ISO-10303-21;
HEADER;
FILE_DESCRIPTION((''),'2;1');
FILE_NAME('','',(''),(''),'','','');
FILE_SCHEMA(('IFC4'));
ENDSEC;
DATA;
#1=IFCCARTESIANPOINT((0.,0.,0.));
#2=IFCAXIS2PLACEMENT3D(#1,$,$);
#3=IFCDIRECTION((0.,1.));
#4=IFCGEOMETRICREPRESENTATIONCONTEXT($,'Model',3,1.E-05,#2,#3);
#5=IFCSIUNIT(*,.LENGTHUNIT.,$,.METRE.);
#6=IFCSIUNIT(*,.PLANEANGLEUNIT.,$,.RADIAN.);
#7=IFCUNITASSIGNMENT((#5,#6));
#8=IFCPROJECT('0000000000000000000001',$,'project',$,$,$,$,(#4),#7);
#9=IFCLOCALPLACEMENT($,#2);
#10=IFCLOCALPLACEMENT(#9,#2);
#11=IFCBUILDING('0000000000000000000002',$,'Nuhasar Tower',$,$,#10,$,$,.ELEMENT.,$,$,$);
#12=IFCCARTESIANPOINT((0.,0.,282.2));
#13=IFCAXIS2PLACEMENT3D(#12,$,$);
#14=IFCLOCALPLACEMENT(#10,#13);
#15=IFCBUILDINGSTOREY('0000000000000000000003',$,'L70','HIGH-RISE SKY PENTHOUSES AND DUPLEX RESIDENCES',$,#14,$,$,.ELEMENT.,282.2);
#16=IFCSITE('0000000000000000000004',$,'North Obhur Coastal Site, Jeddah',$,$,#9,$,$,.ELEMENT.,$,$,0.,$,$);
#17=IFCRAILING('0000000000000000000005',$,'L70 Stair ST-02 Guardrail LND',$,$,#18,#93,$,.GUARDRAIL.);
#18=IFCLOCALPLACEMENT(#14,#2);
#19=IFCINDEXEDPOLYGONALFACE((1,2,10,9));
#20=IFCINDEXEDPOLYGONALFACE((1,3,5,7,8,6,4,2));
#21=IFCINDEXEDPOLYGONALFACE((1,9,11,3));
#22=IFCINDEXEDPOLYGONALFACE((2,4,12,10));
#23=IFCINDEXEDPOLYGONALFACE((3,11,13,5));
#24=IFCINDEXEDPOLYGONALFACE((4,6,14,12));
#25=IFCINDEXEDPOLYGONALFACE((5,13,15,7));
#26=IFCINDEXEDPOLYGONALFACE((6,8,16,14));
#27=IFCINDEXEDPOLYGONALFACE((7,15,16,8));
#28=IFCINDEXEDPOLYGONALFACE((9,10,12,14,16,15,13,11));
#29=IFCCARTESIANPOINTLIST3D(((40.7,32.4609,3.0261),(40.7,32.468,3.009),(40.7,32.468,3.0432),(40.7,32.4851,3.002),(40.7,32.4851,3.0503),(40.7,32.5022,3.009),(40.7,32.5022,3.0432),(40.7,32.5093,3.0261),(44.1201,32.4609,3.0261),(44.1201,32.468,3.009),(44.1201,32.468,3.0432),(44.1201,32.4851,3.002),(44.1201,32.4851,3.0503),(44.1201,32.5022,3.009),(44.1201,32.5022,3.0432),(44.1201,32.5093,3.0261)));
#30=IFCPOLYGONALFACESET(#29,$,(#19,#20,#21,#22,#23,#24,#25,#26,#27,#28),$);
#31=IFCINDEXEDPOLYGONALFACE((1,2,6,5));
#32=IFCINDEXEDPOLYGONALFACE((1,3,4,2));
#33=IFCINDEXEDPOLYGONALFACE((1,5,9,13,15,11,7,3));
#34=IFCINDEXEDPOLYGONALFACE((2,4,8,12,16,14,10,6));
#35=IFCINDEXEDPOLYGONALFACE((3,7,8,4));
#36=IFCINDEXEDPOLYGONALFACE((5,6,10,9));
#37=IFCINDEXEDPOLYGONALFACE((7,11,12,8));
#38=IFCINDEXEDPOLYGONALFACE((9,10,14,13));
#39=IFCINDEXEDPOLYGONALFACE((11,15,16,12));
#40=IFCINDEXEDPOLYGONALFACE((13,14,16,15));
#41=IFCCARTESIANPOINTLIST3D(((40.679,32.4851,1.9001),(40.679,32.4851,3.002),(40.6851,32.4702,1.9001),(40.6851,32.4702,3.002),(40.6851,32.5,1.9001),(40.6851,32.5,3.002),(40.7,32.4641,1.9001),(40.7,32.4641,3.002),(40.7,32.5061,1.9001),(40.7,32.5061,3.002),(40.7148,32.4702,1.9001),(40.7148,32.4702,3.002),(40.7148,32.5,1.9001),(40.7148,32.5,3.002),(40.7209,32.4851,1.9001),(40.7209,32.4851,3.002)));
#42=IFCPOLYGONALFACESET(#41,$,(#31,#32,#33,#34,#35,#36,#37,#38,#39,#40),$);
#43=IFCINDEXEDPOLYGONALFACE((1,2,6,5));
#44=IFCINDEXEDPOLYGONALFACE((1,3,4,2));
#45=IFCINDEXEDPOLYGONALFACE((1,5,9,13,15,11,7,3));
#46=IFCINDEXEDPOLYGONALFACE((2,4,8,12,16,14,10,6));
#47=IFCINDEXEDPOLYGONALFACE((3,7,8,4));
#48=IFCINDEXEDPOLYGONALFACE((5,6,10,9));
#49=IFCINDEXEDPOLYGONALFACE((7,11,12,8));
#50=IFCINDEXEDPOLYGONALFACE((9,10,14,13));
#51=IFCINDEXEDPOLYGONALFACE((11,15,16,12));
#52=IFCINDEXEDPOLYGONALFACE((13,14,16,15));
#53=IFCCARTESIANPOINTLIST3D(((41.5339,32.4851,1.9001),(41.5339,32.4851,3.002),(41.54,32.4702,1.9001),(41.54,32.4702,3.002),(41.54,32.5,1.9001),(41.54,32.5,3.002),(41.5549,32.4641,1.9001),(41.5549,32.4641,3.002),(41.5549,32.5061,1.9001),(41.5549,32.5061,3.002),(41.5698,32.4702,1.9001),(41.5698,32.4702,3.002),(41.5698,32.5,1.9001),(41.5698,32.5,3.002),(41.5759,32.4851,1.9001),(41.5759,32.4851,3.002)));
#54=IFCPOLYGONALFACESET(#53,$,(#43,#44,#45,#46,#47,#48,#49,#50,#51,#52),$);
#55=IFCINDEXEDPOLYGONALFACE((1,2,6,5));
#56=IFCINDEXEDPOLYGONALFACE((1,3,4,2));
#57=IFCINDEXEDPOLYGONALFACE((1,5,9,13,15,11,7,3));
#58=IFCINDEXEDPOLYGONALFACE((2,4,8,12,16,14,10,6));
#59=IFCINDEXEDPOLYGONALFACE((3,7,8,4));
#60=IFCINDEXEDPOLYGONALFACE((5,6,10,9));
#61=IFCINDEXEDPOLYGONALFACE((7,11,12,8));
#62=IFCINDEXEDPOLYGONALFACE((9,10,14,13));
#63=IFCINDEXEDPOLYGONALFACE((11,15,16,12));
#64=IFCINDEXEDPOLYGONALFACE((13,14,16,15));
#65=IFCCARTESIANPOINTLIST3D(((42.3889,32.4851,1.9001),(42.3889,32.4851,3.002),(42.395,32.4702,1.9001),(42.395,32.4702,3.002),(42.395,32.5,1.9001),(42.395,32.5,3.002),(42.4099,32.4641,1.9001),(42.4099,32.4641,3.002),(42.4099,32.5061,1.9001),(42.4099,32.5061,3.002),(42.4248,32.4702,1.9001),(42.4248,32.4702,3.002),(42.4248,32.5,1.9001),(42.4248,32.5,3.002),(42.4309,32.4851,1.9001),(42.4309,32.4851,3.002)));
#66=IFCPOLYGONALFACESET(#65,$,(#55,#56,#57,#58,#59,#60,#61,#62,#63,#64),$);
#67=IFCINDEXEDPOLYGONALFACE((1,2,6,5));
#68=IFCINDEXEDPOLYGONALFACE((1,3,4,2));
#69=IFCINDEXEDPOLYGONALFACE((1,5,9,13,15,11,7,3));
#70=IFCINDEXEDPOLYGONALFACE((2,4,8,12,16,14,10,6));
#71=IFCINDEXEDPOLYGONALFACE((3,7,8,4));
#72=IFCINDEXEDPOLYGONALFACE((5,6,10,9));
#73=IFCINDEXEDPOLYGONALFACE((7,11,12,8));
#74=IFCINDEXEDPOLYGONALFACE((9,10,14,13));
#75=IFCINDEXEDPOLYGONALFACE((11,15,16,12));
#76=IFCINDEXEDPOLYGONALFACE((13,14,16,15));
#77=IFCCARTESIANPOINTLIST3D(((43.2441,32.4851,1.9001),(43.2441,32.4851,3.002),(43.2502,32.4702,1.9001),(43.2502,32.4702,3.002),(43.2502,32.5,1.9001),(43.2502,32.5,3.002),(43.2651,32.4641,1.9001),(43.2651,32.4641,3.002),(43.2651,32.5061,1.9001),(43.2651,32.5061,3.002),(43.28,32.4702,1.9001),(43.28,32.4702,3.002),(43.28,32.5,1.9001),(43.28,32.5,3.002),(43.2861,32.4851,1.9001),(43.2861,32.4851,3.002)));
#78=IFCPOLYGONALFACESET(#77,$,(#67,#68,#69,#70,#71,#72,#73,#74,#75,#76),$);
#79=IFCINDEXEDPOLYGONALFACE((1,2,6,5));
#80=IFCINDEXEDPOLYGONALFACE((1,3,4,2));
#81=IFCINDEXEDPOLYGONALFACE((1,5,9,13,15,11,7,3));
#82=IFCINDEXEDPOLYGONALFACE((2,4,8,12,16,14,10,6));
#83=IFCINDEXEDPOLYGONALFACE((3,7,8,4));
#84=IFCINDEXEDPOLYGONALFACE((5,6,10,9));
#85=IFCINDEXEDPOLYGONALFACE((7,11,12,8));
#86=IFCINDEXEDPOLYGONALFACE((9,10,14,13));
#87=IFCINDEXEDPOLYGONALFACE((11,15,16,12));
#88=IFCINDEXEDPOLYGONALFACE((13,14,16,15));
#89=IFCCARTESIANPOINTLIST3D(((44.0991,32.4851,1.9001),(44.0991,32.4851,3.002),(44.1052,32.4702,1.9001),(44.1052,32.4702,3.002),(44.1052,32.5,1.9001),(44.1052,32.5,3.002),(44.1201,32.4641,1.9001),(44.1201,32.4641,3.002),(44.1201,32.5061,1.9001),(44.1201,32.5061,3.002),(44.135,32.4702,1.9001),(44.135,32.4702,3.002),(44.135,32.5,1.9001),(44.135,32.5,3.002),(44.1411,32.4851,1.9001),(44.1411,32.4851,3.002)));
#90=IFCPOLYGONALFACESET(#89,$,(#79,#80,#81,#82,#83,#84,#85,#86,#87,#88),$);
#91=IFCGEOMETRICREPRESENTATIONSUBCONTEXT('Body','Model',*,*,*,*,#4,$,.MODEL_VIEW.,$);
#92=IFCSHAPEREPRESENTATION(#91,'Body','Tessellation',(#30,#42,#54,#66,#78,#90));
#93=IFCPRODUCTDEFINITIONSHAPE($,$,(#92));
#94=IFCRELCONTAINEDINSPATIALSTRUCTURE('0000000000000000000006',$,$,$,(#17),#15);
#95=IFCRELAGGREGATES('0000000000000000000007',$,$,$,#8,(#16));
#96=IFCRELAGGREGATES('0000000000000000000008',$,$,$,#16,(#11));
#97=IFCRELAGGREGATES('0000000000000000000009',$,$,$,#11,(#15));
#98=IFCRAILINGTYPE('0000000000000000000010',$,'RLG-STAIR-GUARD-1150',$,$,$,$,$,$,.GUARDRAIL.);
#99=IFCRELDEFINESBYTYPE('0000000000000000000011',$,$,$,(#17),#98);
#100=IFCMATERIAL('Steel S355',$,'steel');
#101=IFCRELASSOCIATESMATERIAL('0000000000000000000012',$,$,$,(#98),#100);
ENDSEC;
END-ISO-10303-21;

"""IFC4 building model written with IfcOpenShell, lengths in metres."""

from ifc_helpers import new_model, si_unit, direction, frame, origin, place, context, subcontext, project, spatial, polyline, outline, extrude, material, type_object, element, save


model = new_model("IFC4")

# Units and contexts
model_context = context("Model", 3, precision=1e-05, world=origin(), true_north=direction((0.0, 1.0)))
body_context = subcontext(model_context, "Body", "Model", "MODEL_VIEW")
ifc_project = project(units=[si_unit("LENGTHUNIT", "METRE"), si_unit("PLANEANGLEUNIT", "RADIAN")], contexts=[model_context])

# Site, building, storey
site_placement = place(None, origin())
site = spatial("IfcSite", under=ifc_project, at=site_placement, Name="North Obhur Coastal Site, Jeddah", CompositionType="ELEMENT", RefElevation=0.0)
building_placement = place(site_placement, origin())
building = spatial("IfcBuilding", under=site, at=building_placement, Name="Nuhasar Tower", CompositionType="ELEMENT")
storey_placement = place(building_placement, frame((0.0, 0.0, 282.2)))
storey = spatial("IfcBuildingStorey", under=building, at=storey_placement, Name="L70", Description="HIGH-RISE SKY PENTHOUSES AND DUPLEX RESIDENCES", CompositionType="ELEMENT", Elevation=282.2)

# Shared definitions
ifc_material_1 = material(Name="Steel S355", Category="steel")

# Railing
railing_type_1 = type_object("IfcRailingType", Name="RLG-STAIR-GUARD-1150", PredefinedType="GUARDRAIL", material=ifc_material_1)
railing_1_placement = place(storey_placement, frame((40.7, 32.4851, 1.9001)))
element("IfcRailing", 1, at=railing_1_placement, inside=storey, type_object=railing_type_1, Name="L70 Stair ST-02 Guardrail LND", PredefinedType="GUARDRAIL", context=body_context, shape_type="SweptSolid", body=[
    extrude(outline(polyline([(0.0242, 0.0), (0.0171, 0.0171), (0.0, 0.0242), (-0.0171, 0.0171), (-0.0242, 0.0), (-0.0171, -0.0171), (0.0, -0.0242), (0.0171, -0.0171), (0.0242, 0.0)])), frame((0.0, 0.0, 1.126), z_axis=(1.0, 0.0, 0.0), x_axis=(0.0, 1.0, 0.0)), (0.0, 0.0, 1.0), 3.4202),
    extrude(outline(polyline([(0.021, 0.0), (0.0149, 0.0149), (0.0, 0.021), (-0.0149, 0.0149), (-0.021, 0.0), (-0.0149, -0.0149), (0.0, -0.021), (0.0149, -0.0149), (0.021, 0.0)])), origin(), (0.0, 0.0, 1.0), 1.1018),
    extrude(outline(polyline([(0.021, 0.0), (0.0149, 0.0149), (0.0, 0.021), (-0.0149, 0.0149), (-0.021, 0.0), (-0.0149, -0.0149), (0.0, -0.021), (0.0149, -0.0149), (0.021, 0.0)])), frame((0.855, 0.0, 0.0)), (0.0, 0.0, 1.0), 1.1018),
    extrude(outline(polyline([(0.021, 0.0), (0.0149, 0.0149), (0.0, 0.021), (-0.0149, 0.0149), (-0.021, 0.0), (-0.0149, -0.0149), (0.0, -0.021), (0.0149, -0.0149), (0.021, 0.0)])), frame((1.71, 0.0, 0.0)), (0.0, 0.0, 1.0), 1.1018),
    extrude(outline(polyline([(0.021, 0.0), (0.0149, 0.0149), (0.0, 0.021), (-0.0149, 0.0149), (-0.021, 0.0), (-0.0149, -0.0149), (0.0, -0.021), (0.0149, -0.0149), (0.021, 0.0)])), frame((2.5652, 0.0, 0.0)), (0.0, 0.0, 1.0), 1.1018),
    extrude(outline(polyline([(0.021, 0.0), (0.0149, 0.0149), (0.0, 0.021), (-0.0149, 0.0149), (-0.021, 0.0), (-0.0149, -0.0149), (0.0, -0.021), (0.0149, -0.0149), (0.021, 0.0)])), frame((3.4202, 0.0, 0.0)), (0.0, 0.0, 1.0), 1.1018),
])

save(model, "model.ifc")
